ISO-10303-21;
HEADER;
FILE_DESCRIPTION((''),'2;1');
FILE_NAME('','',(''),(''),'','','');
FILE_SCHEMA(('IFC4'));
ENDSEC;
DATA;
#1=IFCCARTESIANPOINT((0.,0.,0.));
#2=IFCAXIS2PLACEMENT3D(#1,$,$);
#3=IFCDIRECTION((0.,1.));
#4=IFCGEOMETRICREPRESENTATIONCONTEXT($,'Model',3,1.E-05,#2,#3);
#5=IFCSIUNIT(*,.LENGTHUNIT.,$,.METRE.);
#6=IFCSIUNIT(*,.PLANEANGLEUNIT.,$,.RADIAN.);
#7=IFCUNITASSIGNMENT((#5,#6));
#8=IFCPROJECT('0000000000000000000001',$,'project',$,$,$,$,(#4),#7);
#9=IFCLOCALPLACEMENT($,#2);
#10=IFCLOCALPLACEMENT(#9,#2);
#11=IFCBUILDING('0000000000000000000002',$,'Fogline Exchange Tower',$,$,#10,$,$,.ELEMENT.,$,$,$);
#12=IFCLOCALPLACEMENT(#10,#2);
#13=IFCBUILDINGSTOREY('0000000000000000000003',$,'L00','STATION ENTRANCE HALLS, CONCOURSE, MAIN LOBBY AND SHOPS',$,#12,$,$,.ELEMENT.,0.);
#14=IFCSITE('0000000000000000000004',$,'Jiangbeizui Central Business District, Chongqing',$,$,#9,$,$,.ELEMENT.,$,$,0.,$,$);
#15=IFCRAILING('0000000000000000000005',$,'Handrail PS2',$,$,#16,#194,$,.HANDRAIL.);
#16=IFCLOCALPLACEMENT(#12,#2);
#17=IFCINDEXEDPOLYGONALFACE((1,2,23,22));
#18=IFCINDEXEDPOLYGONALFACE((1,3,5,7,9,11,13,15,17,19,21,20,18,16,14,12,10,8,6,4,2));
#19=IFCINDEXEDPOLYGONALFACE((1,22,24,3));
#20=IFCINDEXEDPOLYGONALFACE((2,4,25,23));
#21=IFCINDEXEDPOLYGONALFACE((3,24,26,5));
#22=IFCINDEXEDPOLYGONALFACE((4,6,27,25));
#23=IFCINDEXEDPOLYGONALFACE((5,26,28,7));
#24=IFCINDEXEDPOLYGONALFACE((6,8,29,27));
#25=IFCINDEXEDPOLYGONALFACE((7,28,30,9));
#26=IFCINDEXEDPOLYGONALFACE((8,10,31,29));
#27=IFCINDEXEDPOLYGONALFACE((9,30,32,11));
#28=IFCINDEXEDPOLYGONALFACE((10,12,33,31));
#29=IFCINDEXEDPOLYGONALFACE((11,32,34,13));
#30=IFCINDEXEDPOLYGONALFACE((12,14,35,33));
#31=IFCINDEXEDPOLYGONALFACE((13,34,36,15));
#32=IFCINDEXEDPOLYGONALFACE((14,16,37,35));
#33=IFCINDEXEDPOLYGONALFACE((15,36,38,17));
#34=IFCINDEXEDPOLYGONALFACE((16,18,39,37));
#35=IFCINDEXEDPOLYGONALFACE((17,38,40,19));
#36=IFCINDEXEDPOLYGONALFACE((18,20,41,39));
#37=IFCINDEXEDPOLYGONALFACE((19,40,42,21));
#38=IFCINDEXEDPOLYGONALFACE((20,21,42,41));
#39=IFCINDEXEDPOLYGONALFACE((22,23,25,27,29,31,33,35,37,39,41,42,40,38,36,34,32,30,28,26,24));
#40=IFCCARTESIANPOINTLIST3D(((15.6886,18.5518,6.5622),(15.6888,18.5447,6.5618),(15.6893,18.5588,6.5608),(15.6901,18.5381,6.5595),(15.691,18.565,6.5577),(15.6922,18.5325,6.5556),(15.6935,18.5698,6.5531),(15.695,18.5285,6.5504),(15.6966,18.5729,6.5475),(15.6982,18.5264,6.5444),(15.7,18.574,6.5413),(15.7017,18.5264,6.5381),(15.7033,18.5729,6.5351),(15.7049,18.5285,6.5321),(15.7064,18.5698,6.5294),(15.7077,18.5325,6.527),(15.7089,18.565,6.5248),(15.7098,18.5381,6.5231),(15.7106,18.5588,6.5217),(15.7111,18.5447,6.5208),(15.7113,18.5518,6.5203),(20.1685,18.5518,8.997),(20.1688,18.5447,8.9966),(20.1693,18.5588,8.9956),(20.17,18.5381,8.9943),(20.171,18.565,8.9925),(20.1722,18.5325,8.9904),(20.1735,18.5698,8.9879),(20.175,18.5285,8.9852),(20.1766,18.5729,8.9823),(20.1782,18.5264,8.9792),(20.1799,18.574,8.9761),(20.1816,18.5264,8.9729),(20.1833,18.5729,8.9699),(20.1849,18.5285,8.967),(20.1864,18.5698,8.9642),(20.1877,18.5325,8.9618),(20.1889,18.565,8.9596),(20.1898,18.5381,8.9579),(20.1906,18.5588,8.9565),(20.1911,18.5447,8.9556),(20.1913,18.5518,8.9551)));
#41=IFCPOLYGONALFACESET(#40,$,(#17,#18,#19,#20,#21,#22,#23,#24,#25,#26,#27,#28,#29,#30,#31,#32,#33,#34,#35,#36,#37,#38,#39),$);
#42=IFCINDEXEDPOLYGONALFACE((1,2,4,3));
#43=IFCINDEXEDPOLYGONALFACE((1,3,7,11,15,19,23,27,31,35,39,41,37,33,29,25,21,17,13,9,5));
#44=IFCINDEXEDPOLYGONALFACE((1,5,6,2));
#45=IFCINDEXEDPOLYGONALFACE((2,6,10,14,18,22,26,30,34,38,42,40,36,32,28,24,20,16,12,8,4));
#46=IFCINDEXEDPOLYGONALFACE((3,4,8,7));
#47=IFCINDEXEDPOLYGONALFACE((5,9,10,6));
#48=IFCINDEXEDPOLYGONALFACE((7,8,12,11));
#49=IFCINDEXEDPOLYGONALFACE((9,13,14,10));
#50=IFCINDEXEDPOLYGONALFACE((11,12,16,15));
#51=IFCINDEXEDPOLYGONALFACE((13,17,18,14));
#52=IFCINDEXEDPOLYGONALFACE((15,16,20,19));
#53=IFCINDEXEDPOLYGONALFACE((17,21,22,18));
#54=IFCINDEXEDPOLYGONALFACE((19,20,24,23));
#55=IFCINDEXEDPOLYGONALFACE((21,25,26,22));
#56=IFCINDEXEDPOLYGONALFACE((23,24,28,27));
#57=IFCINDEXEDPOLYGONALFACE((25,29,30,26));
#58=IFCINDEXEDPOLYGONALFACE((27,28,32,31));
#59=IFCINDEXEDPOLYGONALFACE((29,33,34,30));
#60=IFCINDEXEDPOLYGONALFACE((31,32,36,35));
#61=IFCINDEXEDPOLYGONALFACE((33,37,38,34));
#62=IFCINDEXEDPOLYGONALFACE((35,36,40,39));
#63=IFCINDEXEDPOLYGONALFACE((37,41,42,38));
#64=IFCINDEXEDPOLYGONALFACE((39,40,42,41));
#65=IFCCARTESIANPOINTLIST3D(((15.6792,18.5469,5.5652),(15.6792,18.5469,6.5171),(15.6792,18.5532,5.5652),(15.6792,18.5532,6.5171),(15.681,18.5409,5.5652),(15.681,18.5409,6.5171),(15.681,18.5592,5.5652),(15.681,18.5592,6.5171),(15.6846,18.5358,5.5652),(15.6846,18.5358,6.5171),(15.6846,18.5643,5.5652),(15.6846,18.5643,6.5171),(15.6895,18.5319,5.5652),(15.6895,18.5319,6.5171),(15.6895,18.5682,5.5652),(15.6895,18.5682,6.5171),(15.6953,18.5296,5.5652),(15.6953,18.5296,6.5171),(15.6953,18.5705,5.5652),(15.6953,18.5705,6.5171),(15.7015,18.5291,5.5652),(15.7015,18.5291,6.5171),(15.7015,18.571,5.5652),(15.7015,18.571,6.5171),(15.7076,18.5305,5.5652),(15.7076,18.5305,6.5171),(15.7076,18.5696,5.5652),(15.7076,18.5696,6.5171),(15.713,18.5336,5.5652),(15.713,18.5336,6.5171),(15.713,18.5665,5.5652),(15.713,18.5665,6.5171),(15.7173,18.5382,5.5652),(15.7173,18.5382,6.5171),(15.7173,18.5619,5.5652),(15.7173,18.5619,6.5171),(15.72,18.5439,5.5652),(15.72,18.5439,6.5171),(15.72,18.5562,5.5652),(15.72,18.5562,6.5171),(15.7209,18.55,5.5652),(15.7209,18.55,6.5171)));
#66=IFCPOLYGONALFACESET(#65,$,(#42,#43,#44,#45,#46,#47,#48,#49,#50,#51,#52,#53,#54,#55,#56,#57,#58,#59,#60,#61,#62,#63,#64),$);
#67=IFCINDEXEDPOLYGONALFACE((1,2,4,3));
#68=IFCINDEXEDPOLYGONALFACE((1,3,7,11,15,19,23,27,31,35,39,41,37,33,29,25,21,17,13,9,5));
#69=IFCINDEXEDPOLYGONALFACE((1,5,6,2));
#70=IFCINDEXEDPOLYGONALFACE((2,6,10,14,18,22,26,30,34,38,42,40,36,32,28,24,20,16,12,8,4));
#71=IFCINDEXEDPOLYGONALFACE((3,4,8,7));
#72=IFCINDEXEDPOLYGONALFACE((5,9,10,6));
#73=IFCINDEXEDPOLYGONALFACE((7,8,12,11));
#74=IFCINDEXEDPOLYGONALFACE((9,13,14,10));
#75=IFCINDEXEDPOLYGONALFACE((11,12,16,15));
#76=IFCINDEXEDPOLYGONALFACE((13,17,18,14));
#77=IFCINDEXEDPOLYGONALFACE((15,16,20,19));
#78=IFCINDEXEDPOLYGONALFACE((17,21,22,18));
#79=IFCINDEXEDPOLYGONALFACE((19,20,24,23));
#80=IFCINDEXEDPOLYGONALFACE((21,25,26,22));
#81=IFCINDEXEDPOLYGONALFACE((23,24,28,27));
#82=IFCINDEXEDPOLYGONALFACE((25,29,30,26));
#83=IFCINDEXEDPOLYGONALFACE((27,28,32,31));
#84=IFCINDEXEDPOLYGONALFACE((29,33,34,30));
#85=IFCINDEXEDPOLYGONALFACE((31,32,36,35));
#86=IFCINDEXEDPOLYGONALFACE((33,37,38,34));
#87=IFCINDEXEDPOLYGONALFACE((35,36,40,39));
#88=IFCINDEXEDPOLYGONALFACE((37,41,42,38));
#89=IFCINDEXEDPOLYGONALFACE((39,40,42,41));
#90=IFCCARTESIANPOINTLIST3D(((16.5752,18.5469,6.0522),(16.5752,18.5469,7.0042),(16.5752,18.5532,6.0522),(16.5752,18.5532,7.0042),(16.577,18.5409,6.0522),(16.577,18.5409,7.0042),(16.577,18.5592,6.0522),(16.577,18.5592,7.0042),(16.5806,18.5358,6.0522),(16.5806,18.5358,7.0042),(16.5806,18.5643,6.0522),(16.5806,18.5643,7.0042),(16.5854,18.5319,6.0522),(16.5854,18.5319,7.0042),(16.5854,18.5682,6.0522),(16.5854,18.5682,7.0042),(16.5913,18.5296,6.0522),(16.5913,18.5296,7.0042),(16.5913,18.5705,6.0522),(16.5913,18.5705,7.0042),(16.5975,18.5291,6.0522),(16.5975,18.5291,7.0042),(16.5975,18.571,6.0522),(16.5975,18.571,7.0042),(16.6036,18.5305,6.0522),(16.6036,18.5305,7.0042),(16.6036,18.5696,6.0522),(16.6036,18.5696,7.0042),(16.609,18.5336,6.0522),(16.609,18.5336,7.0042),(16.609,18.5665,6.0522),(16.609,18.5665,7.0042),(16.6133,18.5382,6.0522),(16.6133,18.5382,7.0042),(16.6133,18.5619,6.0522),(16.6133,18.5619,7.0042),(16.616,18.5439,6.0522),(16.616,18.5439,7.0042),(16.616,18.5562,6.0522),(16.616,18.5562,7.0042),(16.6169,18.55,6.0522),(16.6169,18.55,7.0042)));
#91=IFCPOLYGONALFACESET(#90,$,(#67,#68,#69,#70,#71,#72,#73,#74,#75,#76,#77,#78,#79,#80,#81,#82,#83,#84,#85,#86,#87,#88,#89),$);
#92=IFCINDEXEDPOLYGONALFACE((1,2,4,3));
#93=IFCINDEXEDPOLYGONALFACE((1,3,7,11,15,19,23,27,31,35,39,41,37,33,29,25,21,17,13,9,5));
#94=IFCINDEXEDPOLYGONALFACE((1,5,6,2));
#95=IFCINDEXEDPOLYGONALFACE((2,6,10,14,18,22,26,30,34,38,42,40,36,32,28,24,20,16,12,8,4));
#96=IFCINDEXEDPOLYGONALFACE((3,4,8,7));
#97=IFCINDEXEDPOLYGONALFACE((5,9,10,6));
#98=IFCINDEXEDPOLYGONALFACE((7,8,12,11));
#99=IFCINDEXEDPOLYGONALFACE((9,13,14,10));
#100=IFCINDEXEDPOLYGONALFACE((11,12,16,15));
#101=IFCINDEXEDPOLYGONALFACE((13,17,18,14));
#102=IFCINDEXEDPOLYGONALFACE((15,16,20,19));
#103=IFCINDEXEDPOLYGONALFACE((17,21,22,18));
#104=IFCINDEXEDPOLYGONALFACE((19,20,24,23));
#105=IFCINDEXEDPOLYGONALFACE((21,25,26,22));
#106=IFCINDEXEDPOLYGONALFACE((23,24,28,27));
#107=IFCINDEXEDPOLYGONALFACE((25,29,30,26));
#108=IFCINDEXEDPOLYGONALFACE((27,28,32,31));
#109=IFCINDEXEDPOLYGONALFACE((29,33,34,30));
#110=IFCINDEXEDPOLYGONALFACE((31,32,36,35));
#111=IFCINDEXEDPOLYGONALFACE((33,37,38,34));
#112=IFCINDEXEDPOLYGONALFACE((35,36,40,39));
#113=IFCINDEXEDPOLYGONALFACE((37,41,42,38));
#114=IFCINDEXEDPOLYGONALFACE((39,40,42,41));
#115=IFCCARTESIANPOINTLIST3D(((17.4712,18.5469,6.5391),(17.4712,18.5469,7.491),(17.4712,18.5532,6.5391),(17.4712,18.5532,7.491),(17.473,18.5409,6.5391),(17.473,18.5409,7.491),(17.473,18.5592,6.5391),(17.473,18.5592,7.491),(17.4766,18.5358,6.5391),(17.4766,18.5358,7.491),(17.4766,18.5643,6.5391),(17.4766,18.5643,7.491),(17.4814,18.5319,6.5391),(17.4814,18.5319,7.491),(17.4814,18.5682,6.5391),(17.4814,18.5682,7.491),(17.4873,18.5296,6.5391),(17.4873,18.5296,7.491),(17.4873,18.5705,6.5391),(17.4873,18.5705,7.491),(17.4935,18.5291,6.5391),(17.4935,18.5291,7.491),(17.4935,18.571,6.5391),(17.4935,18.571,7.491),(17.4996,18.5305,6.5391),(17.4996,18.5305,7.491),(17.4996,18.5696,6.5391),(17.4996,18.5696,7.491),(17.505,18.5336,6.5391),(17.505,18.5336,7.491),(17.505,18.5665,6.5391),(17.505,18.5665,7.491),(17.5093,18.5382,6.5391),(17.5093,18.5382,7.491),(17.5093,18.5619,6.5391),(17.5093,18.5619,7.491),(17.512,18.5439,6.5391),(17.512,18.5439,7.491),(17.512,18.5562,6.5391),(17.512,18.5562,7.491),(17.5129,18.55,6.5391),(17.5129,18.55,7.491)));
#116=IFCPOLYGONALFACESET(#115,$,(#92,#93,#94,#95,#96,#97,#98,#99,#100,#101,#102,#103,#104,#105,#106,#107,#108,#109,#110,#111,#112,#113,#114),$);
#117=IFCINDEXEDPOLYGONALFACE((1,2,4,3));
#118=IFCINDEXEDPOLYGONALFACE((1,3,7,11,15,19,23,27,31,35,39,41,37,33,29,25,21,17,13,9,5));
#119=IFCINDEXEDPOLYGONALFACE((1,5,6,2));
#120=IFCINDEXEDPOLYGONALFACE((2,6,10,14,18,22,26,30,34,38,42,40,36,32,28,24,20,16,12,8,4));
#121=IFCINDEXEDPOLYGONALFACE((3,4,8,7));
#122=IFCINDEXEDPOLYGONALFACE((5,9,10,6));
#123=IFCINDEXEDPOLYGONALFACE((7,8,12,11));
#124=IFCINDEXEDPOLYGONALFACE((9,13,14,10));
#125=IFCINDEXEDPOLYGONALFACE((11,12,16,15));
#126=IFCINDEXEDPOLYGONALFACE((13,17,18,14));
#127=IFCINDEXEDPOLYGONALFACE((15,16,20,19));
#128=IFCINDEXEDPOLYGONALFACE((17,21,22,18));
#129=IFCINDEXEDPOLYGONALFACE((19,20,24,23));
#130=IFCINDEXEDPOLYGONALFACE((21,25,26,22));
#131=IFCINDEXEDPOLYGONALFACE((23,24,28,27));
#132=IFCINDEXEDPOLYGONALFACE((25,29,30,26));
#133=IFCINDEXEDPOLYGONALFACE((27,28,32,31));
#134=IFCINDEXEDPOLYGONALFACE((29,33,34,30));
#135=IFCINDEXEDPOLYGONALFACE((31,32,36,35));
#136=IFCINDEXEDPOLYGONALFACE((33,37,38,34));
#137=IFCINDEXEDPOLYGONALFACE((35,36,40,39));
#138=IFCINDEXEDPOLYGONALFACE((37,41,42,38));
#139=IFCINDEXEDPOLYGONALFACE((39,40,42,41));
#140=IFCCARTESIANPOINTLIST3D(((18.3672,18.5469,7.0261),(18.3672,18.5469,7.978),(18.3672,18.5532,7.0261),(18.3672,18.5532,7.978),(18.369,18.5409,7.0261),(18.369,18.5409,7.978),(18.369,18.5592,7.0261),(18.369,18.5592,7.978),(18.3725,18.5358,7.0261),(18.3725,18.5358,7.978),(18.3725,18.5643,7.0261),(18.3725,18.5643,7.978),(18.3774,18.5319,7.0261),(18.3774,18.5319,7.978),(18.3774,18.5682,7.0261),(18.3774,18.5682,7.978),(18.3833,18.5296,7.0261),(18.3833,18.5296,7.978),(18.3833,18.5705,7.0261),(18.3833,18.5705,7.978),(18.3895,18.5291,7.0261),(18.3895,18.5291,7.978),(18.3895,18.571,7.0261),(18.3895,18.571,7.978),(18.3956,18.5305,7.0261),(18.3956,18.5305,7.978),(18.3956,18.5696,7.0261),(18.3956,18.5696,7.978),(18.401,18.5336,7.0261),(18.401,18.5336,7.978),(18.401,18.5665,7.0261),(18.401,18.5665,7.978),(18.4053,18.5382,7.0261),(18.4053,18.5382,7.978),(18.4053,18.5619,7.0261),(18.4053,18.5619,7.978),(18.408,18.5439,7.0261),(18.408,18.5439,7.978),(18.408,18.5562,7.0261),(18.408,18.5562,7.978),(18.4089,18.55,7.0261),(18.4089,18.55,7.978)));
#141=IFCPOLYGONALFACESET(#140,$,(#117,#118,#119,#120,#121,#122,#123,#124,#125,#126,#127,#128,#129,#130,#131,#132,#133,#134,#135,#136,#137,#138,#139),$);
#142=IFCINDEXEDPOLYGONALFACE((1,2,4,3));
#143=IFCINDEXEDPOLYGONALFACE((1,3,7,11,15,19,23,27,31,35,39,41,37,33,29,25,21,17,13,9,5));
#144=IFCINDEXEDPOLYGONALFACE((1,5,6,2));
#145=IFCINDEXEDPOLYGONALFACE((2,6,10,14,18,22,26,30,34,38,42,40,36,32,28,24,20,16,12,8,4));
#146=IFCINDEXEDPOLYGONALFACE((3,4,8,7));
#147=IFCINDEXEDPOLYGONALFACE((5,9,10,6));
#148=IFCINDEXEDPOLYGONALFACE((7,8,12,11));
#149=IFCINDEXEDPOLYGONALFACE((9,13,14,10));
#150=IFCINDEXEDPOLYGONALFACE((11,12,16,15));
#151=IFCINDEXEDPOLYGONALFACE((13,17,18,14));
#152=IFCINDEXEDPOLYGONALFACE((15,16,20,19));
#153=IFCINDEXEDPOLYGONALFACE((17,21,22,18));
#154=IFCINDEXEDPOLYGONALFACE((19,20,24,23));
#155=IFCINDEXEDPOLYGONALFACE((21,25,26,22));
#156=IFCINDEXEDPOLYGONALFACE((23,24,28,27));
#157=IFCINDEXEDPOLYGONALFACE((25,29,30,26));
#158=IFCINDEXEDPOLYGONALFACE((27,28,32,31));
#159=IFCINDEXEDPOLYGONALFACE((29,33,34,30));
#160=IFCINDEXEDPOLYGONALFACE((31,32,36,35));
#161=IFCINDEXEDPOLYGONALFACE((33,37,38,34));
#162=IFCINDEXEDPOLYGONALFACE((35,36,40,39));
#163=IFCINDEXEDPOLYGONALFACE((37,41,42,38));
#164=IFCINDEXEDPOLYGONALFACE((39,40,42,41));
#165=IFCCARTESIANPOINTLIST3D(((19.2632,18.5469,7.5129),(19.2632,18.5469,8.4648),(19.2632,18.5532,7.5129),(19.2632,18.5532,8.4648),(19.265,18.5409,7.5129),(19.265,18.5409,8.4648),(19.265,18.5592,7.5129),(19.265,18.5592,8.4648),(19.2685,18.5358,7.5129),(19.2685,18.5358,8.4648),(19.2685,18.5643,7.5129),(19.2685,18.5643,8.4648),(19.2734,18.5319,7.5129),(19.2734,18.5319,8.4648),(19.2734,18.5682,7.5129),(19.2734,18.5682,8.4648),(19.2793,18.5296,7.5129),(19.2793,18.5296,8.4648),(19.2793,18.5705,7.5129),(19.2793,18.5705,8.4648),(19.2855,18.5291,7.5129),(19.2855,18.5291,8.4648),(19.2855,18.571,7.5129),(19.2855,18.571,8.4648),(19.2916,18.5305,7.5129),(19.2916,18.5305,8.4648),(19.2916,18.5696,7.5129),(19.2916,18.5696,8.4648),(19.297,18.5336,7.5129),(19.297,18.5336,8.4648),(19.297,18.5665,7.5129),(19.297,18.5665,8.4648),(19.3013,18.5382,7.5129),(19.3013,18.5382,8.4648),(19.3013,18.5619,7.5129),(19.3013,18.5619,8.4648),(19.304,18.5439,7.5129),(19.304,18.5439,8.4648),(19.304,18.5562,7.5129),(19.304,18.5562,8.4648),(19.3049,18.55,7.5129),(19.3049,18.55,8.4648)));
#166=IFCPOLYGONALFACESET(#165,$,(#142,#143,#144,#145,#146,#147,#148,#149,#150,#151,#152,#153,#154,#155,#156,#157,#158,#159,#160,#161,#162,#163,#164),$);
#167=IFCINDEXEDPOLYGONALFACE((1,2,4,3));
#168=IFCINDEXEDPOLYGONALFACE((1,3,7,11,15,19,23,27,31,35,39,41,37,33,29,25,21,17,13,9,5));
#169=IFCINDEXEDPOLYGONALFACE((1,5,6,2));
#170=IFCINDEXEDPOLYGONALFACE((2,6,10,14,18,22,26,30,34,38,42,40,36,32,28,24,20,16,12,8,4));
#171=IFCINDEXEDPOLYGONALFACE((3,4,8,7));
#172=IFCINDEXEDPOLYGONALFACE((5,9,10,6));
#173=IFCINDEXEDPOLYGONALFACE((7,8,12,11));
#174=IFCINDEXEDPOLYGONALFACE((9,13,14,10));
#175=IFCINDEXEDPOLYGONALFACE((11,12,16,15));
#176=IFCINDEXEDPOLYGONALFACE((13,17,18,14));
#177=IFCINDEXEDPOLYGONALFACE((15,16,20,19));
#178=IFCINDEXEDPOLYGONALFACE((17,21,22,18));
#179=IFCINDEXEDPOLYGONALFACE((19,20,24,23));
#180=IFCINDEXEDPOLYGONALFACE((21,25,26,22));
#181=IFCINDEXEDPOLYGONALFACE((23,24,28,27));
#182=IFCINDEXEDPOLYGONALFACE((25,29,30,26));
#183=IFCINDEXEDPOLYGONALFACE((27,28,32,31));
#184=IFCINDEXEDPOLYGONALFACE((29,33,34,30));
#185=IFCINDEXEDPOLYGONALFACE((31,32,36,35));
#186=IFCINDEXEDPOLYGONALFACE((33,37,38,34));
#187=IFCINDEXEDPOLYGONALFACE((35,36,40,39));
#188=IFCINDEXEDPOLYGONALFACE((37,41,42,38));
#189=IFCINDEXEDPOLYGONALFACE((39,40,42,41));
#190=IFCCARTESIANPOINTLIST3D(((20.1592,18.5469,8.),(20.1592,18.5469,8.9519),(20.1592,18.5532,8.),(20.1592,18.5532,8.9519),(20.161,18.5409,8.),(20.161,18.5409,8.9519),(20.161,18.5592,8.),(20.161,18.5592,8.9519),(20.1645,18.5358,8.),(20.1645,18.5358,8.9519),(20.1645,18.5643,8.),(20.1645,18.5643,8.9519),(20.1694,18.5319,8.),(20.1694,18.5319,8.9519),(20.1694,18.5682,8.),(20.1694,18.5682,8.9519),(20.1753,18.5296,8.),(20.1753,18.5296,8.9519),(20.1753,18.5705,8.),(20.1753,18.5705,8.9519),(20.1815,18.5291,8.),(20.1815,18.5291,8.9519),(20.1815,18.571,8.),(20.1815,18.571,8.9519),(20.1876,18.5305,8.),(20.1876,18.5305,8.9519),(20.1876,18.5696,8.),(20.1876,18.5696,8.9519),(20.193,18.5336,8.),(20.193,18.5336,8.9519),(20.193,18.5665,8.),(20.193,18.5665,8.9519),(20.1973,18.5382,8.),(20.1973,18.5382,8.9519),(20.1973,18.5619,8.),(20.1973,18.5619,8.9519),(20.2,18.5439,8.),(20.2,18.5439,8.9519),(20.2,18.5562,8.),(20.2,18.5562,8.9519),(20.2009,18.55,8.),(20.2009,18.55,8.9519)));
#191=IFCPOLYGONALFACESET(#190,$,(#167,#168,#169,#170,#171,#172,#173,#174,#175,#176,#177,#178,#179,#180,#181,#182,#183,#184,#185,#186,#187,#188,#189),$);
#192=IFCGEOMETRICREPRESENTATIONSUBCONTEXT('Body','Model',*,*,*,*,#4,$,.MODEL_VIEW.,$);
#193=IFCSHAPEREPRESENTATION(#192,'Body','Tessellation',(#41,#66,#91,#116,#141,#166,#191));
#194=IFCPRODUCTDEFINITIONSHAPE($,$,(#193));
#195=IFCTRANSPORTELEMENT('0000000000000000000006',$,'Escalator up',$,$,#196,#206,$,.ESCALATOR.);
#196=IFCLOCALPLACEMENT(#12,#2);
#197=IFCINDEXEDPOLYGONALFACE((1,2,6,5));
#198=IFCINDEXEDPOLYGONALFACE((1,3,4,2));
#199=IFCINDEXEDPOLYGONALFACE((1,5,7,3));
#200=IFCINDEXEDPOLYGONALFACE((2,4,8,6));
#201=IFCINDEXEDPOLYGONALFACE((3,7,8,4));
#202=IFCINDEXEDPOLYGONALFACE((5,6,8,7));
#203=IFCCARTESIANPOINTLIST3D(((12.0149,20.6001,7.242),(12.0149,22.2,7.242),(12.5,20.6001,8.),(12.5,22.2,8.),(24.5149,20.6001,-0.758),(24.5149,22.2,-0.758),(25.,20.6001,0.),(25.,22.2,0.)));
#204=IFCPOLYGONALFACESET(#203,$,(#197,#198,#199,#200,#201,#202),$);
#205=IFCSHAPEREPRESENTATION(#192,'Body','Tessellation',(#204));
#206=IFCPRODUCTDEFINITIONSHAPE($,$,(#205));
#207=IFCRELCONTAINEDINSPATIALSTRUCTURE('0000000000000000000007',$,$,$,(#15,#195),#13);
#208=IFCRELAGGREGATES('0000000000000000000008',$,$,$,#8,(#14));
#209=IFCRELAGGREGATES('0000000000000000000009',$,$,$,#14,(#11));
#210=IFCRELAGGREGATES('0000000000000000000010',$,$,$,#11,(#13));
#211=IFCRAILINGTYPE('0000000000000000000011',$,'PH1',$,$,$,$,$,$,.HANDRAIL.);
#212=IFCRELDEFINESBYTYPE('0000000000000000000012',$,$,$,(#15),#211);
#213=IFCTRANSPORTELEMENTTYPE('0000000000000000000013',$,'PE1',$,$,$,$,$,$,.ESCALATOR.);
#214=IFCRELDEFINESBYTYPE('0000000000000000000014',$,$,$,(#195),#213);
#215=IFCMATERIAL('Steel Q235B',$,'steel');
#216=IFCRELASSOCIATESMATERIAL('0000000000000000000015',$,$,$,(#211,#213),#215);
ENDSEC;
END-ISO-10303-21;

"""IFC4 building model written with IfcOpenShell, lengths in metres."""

from ifc_helpers import new_model, si_unit, direction, frame, origin, origin_2d, place, context, subcontext, project, spatial, polyline, circle, outline, extrude, material, type_object, element, save


model = new_model("IFC4")

# Units and contexts
model_context = context("Model", 3, precision=1e-05, world=origin(), true_north=direction((0.0, 1.0)))
body_context = subcontext(model_context, "Body", "Model", "MODEL_VIEW")
ifc_project = project(units=[si_unit("LENGTHUNIT", "METRE"), si_unit("PLANEANGLEUNIT", "RADIAN")], contexts=[model_context])

# Site, building, storey
site_placement = place(None, origin())
site = spatial("IfcSite", under=ifc_project, at=site_placement, Name="Jiangbeizui Central Business District, Chongqing", CompositionType="ELEMENT", RefElevation=0.0)
building_placement = place(site_placement, origin())
building = spatial("IfcBuilding", under=site, at=building_placement, Name="Fogline Exchange Tower", CompositionType="ELEMENT")
storey_placement = place(building_placement, origin())
storey = spatial("IfcBuildingStorey", under=building, at=storey_placement, Name="L00", Description="STATION ENTRANCE HALLS, CONCOURSE, MAIN LOBBY AND SHOPS", CompositionType="ELEMENT", Elevation=0.0)

# Shared definitions
ifc_material_1 = material(Name="Steel Q235B", Category="steel")

# Railing
railing_type_1 = type_object("IfcRailingType", Name="PH1", PredefinedType="HANDRAIL", material=ifc_material_1)
for number, where, name in (
    (1, (15.7, 18.55, 5.5652), "Handrail PS2"),
):
    element("IfcRailing", number, at=place(storey_placement, frame(where)), inside=storey, type_object=railing_type_1, Name=name, PredefinedType="HANDRAIL", context=body_context, shape_type="SweptSolid", body=[
        extrude(circle(Radius=0.0239, at=origin_2d()), frame((0.0, 0.0, 0.9761), z_axis=(0.878621, 0.0, 0.47752), x_axis=(0.0, 1.0, 0.0)), (0.0, 0.0, 1.0), 5.0989),
        extrude(circle(Radius=0.021, at=origin_2d()), origin(), (0.0, 0.0, 1.0), 0.9519),
        extrude(circle(Radius=0.021, at=origin_2d()), frame((0.896, 0.0, 0.4871)), (0.0, 0.0, 1.0), 0.9519),
        extrude(circle(Radius=0.021, at=origin_2d()), frame((1.792, 0.0, 0.9739)), (0.0, 0.0, 1.0), 0.9519),
        extrude(circle(Radius=0.021, at=origin_2d()), frame((2.688, 0.0, 1.4609)), (0.0, 0.0, 1.0), 0.9519),
        extrude(circle(Radius=0.021, at=origin_2d()), frame((3.584, 0.0, 1.9478)), (0.0, 0.0, 1.0), 0.9519),
        extrude(circle(Radius=0.021, at=origin_2d()), frame((4.48, 0.0, 2.4348)), (0.0, 0.0, 1.0), 0.9519),
    ])

# Transport element
transport_element_type = type_object("IfcTransportElementType", Name="PE1", PredefinedType="ESCALATOR", material=ifc_material_1)
transport_element_1_placement = place(storey_placement, frame((25.0, 20.6001, 0.0), z_axis=(0.539054, 0.0, 0.842271), x_axis=(0.0, 1.0, 0.0)))
element("IfcTransportElement", 2, at=transport_element_1_placement, inside=storey, type_object=transport_element_type, Name="Escalator up", PredefinedType="ESCALATOR", context=body_context, shape_type="SweptSolid", body=[
    extrude(outline(polyline([(0.0, 0.0), (1.5999, 0.0), (1.5999, 14.8408), (0.0, 14.8408), (0.0, 0.0)])), origin(), (0.0, 0.0, -1.0), 0.8999),
])

save(model, "model.ifc")
